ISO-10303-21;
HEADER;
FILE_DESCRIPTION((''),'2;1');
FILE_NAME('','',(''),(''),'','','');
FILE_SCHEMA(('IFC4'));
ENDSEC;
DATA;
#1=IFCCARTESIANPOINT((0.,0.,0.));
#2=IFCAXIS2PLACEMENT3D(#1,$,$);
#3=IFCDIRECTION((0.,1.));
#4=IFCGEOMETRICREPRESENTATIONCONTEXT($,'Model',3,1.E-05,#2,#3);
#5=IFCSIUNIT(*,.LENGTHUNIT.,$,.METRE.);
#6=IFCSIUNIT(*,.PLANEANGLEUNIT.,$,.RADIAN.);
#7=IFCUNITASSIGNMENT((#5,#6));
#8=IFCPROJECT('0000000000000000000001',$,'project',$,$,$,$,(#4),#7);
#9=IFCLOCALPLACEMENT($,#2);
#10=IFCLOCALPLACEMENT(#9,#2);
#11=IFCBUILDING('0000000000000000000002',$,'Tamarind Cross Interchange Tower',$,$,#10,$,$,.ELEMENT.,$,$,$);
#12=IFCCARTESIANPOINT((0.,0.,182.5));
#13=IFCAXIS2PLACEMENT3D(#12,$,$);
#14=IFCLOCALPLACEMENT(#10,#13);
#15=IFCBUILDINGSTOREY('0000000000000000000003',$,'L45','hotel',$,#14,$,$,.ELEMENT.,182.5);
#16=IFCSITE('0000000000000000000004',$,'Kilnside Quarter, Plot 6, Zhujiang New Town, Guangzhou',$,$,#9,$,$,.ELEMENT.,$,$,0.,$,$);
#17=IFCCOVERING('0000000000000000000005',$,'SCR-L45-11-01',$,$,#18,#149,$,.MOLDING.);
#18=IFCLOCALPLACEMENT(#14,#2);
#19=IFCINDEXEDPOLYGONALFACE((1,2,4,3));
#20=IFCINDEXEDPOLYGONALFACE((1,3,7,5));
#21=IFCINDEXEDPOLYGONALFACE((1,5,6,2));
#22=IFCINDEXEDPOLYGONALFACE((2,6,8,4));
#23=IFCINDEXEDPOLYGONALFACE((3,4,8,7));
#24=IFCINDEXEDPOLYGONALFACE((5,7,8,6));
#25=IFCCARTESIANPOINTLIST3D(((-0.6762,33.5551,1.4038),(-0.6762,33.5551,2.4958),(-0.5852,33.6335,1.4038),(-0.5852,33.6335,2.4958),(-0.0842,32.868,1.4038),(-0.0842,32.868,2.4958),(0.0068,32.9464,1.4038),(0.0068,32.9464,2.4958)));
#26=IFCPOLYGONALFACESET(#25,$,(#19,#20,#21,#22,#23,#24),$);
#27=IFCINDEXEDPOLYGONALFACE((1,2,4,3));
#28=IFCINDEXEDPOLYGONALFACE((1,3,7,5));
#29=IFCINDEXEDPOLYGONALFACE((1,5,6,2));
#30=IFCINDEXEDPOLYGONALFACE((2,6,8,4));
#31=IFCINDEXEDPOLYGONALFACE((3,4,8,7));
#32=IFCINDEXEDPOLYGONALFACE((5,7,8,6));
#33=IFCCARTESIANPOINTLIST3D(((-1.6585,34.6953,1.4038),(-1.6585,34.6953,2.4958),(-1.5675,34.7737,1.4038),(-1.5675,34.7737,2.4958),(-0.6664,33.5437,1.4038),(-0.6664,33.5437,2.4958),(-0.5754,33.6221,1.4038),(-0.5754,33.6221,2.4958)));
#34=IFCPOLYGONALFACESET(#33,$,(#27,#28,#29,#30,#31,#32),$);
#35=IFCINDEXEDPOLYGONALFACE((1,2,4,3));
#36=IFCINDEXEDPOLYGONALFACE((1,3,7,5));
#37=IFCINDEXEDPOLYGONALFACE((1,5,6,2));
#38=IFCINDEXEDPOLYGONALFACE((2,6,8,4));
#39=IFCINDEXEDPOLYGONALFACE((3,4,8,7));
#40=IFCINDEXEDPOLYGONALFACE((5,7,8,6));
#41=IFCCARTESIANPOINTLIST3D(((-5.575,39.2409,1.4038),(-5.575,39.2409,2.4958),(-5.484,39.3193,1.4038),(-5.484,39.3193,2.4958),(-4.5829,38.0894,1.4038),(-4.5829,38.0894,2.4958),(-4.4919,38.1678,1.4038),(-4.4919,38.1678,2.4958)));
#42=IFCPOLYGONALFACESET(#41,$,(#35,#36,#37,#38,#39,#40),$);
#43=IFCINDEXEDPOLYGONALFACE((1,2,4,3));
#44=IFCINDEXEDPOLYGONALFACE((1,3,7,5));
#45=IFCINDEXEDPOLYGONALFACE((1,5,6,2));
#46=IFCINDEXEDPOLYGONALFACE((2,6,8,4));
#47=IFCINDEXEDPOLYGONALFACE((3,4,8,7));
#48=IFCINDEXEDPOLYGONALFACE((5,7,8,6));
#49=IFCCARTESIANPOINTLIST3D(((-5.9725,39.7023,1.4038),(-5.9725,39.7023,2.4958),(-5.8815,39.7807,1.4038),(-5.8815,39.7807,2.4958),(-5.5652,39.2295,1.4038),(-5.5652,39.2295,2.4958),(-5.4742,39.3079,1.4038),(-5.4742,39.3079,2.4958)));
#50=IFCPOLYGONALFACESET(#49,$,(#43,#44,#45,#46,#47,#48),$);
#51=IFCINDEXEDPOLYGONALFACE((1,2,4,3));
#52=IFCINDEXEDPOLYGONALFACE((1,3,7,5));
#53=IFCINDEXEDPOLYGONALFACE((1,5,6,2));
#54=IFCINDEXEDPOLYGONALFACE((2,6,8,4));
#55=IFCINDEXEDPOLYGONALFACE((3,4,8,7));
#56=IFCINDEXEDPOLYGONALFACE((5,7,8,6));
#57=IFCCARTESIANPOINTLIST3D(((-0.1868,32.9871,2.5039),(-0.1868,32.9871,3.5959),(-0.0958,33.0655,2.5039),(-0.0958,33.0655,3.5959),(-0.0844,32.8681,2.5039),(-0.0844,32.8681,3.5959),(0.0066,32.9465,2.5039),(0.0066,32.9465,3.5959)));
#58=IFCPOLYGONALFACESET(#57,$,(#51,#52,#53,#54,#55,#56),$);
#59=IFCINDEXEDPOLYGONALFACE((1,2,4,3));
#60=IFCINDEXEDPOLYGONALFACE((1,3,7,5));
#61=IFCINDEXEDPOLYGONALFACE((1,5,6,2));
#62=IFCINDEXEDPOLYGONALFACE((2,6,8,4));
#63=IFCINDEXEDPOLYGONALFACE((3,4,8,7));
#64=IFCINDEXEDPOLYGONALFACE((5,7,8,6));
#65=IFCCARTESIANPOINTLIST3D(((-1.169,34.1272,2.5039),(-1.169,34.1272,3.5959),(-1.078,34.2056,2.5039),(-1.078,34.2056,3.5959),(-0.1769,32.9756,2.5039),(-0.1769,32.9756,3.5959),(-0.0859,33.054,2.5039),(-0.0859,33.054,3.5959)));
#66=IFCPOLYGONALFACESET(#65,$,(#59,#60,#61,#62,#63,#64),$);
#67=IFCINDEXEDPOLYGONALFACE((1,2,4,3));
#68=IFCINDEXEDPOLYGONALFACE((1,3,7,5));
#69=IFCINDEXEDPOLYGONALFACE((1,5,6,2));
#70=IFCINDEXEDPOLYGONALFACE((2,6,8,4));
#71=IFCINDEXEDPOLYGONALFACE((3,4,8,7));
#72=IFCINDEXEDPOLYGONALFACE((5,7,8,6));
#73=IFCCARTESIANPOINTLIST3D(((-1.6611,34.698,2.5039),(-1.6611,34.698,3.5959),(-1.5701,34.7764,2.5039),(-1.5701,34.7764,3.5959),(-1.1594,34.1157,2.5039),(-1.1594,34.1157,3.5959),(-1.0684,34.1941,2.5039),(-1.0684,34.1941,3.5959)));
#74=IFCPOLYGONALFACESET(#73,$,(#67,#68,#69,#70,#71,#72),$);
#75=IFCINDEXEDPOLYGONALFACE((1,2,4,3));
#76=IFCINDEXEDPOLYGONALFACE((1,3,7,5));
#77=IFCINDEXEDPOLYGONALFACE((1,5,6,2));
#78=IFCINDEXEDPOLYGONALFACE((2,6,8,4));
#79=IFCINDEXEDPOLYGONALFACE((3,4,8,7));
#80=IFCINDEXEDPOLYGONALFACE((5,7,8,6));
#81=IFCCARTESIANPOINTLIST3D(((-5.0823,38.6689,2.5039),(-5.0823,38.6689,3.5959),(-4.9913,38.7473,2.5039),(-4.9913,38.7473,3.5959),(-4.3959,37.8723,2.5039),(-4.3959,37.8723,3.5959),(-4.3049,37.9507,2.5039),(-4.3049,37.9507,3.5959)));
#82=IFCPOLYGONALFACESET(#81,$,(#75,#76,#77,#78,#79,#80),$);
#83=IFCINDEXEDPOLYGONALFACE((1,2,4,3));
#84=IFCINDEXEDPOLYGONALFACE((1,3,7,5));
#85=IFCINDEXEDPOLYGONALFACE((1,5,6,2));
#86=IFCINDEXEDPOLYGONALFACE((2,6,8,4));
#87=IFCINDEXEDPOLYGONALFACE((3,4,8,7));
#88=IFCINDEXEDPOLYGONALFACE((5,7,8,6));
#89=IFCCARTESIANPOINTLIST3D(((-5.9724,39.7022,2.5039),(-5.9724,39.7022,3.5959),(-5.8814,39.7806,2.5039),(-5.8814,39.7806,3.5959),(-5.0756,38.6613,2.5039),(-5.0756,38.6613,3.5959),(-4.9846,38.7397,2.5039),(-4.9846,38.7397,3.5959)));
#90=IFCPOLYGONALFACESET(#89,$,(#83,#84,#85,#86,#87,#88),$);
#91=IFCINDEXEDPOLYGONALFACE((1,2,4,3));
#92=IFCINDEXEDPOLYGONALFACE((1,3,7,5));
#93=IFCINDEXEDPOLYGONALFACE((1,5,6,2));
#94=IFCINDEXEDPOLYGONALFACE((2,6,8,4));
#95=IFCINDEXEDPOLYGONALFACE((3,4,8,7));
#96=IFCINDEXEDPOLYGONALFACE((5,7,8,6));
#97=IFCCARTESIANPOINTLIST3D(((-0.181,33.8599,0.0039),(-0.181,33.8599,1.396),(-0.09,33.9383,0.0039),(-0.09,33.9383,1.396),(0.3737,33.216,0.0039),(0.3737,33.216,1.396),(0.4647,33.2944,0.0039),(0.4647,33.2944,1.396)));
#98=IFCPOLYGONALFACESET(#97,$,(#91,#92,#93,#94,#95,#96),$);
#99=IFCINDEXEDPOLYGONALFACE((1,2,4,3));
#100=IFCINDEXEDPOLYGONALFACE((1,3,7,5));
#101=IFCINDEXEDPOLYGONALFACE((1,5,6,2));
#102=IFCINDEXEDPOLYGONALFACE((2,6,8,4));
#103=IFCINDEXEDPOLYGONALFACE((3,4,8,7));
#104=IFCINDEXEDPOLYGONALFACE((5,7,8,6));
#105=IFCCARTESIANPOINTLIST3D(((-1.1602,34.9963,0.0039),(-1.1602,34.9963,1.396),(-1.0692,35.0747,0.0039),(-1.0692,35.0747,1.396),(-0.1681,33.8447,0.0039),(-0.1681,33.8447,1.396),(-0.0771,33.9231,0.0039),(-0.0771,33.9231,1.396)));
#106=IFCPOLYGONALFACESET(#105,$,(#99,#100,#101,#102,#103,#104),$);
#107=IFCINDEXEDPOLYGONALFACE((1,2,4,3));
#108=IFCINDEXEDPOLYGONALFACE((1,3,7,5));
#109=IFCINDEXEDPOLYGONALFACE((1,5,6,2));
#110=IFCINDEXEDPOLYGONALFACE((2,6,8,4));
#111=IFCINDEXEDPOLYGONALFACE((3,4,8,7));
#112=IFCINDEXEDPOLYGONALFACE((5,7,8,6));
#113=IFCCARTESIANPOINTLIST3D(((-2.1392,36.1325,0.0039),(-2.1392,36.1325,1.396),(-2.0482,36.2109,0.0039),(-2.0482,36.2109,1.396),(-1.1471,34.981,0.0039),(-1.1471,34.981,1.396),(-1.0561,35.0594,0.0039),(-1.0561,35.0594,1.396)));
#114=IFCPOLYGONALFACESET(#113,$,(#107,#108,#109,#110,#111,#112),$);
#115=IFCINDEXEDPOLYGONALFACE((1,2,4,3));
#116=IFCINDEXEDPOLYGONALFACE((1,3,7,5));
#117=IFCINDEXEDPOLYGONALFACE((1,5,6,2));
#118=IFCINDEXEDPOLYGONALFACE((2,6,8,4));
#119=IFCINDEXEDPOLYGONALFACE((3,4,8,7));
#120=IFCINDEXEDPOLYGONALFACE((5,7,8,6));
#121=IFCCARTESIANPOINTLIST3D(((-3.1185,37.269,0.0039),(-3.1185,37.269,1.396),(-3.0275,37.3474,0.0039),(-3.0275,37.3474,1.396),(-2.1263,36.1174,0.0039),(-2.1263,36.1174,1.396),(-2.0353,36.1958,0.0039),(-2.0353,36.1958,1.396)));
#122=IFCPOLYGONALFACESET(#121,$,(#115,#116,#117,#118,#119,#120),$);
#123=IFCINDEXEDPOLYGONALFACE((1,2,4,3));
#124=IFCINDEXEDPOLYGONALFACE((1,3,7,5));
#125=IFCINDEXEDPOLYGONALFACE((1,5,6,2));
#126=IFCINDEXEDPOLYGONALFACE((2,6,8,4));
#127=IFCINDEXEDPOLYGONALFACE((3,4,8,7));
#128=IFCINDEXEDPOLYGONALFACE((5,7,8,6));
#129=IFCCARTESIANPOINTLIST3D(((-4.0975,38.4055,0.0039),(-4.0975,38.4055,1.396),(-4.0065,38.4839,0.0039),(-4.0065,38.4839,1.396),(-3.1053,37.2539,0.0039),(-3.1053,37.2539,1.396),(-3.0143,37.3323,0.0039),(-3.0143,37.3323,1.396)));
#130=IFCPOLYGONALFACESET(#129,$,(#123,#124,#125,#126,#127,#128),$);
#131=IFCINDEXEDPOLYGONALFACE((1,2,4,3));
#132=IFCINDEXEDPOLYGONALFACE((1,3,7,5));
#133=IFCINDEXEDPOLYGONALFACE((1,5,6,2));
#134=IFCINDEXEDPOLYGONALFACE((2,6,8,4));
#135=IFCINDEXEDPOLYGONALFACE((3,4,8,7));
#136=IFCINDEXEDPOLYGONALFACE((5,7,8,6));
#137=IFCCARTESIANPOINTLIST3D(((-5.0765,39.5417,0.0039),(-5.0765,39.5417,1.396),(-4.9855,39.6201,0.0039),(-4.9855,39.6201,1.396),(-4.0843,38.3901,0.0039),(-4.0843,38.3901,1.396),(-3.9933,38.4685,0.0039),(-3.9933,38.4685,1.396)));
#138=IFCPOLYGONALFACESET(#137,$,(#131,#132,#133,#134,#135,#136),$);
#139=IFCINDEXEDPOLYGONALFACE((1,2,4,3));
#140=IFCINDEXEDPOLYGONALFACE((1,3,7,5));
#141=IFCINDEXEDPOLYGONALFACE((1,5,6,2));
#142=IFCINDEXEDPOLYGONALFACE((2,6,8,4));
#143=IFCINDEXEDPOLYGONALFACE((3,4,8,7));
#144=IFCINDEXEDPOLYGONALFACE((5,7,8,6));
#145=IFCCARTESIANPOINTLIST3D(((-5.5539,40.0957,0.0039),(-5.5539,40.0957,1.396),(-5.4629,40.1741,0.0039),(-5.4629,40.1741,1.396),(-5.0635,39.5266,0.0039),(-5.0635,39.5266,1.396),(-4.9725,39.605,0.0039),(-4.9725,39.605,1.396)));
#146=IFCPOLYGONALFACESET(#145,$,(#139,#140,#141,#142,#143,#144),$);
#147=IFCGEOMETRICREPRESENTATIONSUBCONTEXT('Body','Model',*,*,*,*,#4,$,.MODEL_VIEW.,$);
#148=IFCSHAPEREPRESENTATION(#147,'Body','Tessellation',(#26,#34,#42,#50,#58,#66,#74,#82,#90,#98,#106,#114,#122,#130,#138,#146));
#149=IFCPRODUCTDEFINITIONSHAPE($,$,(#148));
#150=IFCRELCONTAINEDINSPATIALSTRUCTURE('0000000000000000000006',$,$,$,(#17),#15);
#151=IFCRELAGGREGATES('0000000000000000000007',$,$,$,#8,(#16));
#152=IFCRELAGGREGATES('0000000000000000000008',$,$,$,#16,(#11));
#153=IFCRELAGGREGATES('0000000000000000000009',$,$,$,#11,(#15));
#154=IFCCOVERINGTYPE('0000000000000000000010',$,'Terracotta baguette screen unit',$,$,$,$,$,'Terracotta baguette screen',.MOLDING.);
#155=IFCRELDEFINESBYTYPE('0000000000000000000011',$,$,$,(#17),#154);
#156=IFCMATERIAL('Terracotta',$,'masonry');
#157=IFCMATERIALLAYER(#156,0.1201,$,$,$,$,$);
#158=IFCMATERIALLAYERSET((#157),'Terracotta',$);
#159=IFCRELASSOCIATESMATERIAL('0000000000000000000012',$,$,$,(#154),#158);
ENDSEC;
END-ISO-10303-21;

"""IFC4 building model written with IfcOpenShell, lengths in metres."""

from ifc_helpers import new_model, si_unit, direction, frame, origin, origin_2d, place, context, subcontext, project, spatial, rectangle, extrude, material, layer, layer_set, type_object, element, save


model = new_model("IFC4")

# Units and contexts
model_context = context("Model", 3, precision=1e-05, world=origin(), true_north=direction((0.0, 1.0)))
body_context = subcontext(model_context, "Body", "Model", "MODEL_VIEW")
ifc_project = project(units=[si_unit("LENGTHUNIT", "METRE"), si_unit("PLANEANGLEUNIT", "RADIAN")], contexts=[model_context])

# Site, building, storey
site_placement = place(None, origin())
site = spatial("IfcSite", under=ifc_project, at=site_placement, Name="Kilnside Quarter, Plot 6, Zhujiang New Town, Guangzhou", CompositionType="ELEMENT", RefElevation=0.0)
building_placement = place(site_placement, origin())
building = spatial("IfcBuilding", under=site, at=building_placement, Name="Tamarind Cross Interchange Tower", CompositionType="ELEMENT")
storey_placement = place(building_placement, frame((0.0, 0.0, 182.5)))
storey = spatial("IfcBuildingStorey", under=building, at=storey_placement, Name="L45", Description="hotel", CompositionType="ELEMENT", Elevation=182.5)

# Covering
ifc_material_1 = material(Name="Terracotta", Category="masonry")
ifc_layer_1 = layer(ifc_material_1, 0.1201)
ifc_layer_set_1 = layer_set([ifc_layer_1], Name="Terracotta")
covering_type = type_object("IfcCoveringType", Name="Terracotta baguette screen unit", ElementType="Terracotta baguette screen", PredefinedType="MOLDING", material=ifc_layer_set_1)
covering_1_placement = place(storey_placement, origin())
element("IfcCovering", 1, at=covering_1_placement, inside=storey, type_object=covering_type, Name="SCR-L45-11-01", PredefinedType="MOLDING", context=body_context, shape_type="SweptSolid", body=[
    extrude(rectangle(XDim=0.907, YDim=0.1201, at=origin_2d()), frame((-0.3347, 33.2507, 1.4038), z_axis=(0.0, 0.0, 1.0), x_axis=(-0.652723, 0.757597, 0.0)), (0.0, 0.0, 1.0), 1.092),
    extrude(rectangle(XDim=1.52, YDim=0.1201, at=origin_2d()), frame((-1.1169, 34.1587, 1.4038), z_axis=(0.0, 0.0, 1.0), x_axis=(-0.652723, 0.757597, 0.0)), (0.0, 0.0, 1.0), 1.092),
    extrude(rectangle(XDim=1.52, YDim=0.1201, at=origin_2d()), frame((-5.0334, 38.7043, 1.4038), z_axis=(0.0, 0.0, 1.0), x_axis=(-0.652723, 0.757597, 0.0)), (0.0, 0.0, 1.0), 1.092),
    extrude(rectangle(XDim=0.624, YDim=0.1201, at=origin_2d()), frame((-5.7234, 39.5051, 1.4038), z_axis=(0.0, 0.0, 1.0), x_axis=(-0.652723, 0.757597, 0.0)), (0.0, 0.0, 1.0), 1.092),
    extrude(rectangle(XDim=0.157, YDim=0.1201, at=origin_2d()), frame((-0.0901, 32.9668, 2.5039), z_axis=(0.0, 0.0, 1.0), x_axis=(-0.652723, 0.757597, 0.0)), (0.0, 0.0, 1.0), 1.092),
    extrude(rectangle(XDim=1.52, YDim=0.1201, at=origin_2d()), frame((-0.6274, 33.5906, 2.5039), z_axis=(0.0, 0.0, 1.0), x_axis=(-0.652723, 0.757597, 0.0)), (0.0, 0.0, 1.0), 1.092),
    extrude(rectangle(XDim=0.7686, YDim=0.1201, at=origin_2d()), frame((-1.3647, 34.446, 2.5039), z_axis=(0.0, 0.0, 1.0), x_axis=(-0.652723, 0.757597, 0.0)), (0.0, 0.0, 1.0), 1.092),
    extrude(rectangle(XDim=1.0515, YDim=0.1201, at=origin_2d()), frame((-4.6936, 38.3098, 2.5039), z_axis=(0.0, 0.0, 1.0), x_axis=(-0.652723, 0.757597, 0.0)), (0.0, 0.0, 1.0), 1.092),
    extrude(rectangle(XDim=1.374, YDim=0.1201, at=origin_2d()), frame((-5.4785, 39.2209, 2.5039), z_axis=(0.0, 0.0, 1.0), x_axis=(-0.652723, 0.757597, 0.0)), (0.0, 0.0, 1.0), 1.092),
    extrude(rectangle(XDim=0.8499, YDim=0.1201, at=origin_2d()), frame((0.1418, 33.5771, 0.0039), z_axis=(0.0, 0.0, 1.0), x_axis=(-0.652723, 0.757597, 0.0)), (0.0, 0.0, 1.0), 1.3921),
    extrude(rectangle(XDim=1.52, YDim=0.1201, at=origin_2d()), frame((-0.6187, 34.4597, 0.0039), z_axis=(0.0, 0.0, 1.0), x_axis=(-0.652723, 0.757597, 0.0)), (0.0, 0.0, 1.0), 1.3921),
    extrude(rectangle(XDim=1.52, YDim=0.1201, at=origin_2d()), frame((-1.5977, 35.5959, 0.0039), z_axis=(0.0, 0.0, 1.0), x_axis=(-0.652723, 0.757597, 0.0)), (0.0, 0.0, 1.0), 1.3921),
    extrude(rectangle(XDim=1.52, YDim=0.1201, at=origin_2d()), frame((-2.5769, 36.7324, 0.0039), z_axis=(0.0, 0.0, 1.0), x_axis=(-0.652723, 0.757597, 0.0)), (0.0, 0.0, 1.0), 1.3921),
    extrude(rectangle(XDim=1.52, YDim=0.1201, at=origin_2d()), frame((-3.5559, 37.8689, 0.0039), z_axis=(0.0, 0.0, 1.0), x_axis=(-0.652723, 0.757597, 0.0)), (0.0, 0.0, 1.0), 1.3921),
    extrude(rectangle(XDim=1.52, YDim=0.1201, at=origin_2d()), frame((-4.5349, 39.0051, 0.0039), z_axis=(0.0, 0.0, 1.0), x_axis=(-0.652723, 0.757597, 0.0)), (0.0, 0.0, 1.0), 1.3921),
    extrude(rectangle(XDim=0.7512, YDim=0.1201, at=origin_2d()), frame((-5.2632, 39.8503, 0.0039), z_axis=(0.0, 0.0, 1.0), x_axis=(-0.652723, 0.757597, 0.0)), (0.0, 0.0, 1.0), 1.3921),
])

save(model, "model.ifc")
